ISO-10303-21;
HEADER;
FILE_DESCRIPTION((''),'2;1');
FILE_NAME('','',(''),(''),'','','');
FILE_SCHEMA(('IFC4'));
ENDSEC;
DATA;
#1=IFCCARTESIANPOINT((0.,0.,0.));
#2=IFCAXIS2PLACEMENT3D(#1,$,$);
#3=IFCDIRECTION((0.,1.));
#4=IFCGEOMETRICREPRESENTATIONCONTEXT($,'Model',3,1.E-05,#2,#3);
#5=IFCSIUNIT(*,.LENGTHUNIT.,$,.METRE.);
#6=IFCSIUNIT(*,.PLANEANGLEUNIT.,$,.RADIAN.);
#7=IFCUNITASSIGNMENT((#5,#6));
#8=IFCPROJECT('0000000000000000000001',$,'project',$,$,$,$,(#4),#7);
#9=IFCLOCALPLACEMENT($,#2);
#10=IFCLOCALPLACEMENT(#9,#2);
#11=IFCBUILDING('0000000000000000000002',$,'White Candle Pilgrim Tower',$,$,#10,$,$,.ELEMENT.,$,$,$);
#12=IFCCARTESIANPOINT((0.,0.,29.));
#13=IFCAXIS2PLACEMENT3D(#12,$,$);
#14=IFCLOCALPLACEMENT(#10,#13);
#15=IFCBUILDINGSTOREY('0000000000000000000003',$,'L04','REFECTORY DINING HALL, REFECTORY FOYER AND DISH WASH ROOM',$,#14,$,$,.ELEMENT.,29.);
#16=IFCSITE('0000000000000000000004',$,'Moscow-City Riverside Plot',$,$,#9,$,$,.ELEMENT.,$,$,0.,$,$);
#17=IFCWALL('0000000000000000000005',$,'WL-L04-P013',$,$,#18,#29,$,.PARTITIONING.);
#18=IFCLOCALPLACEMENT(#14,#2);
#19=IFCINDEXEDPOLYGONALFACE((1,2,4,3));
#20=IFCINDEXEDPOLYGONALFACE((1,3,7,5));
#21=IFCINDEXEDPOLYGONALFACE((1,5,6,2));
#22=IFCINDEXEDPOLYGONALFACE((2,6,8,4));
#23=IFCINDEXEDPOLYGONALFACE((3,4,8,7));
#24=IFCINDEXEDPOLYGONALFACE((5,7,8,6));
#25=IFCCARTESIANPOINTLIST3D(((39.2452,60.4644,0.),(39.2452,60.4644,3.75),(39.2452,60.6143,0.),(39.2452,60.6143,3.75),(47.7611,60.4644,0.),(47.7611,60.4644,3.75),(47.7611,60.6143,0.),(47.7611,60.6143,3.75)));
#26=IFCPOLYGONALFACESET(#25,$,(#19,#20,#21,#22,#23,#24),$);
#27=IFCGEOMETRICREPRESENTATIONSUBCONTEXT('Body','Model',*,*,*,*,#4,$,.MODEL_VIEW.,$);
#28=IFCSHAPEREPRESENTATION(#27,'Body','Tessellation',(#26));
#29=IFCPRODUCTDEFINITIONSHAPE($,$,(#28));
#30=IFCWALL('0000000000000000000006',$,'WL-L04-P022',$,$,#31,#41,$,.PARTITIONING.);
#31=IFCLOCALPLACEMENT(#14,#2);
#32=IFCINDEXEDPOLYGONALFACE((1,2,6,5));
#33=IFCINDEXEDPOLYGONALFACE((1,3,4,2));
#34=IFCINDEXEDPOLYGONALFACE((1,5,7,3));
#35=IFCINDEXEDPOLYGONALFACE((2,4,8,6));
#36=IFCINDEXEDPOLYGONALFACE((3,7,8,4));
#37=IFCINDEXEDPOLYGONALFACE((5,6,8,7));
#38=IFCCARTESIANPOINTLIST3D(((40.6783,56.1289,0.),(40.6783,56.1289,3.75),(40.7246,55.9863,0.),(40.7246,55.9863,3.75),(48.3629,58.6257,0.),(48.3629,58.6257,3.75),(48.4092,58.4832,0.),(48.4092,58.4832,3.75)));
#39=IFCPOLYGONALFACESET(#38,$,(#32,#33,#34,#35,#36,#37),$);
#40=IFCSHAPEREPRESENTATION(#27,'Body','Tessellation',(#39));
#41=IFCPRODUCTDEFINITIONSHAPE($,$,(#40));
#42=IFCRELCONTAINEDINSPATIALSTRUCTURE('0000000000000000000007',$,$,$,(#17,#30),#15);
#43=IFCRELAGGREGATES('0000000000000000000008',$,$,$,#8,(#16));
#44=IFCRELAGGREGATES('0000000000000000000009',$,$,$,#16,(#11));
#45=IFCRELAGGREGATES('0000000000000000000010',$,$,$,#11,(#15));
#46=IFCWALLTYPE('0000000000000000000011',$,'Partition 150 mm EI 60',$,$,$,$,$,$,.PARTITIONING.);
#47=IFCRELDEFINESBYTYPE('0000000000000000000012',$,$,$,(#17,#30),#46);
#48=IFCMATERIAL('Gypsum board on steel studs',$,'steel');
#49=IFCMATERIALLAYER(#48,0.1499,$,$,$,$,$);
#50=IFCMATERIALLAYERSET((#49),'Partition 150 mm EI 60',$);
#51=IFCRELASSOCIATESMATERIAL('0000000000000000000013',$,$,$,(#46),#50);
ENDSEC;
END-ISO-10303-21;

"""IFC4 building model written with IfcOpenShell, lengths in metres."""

from ifc_helpers import new_model, si_unit, direction, frame, frame_2d, origin, place, context, subcontext, project, spatial, rectangle, extrude, material, layer, layer_set, type_object, element, save


model = new_model("IFC4")

# Units and contexts
model_context = context("Model", 3, precision=1e-05, world=origin(), true_north=direction((0.0, 1.0)))
body_context = subcontext(model_context, "Body", "Model", "MODEL_VIEW")
ifc_project = project(units=[si_unit("LENGTHUNIT", "METRE"), si_unit("PLANEANGLEUNIT", "RADIAN")], contexts=[model_context])

# Site, building, storey
site_placement = place(None, origin())
site = spatial("IfcSite", under=ifc_project, at=site_placement, Name="Moscow-City Riverside Plot", CompositionType="ELEMENT", RefElevation=0.0)
building_placement = place(site_placement, origin())
building = spatial("IfcBuilding", under=site, at=building_placement, Name="White Candle Pilgrim Tower", CompositionType="ELEMENT")
storey_placement = place(building_placement, frame((0.0, 0.0, 29.0)))
storey = spatial("IfcBuildingStorey", under=building, at=storey_placement, Name="L04", Description="REFECTORY DINING HALL, REFECTORY FOYER AND DISH WASH ROOM", CompositionType="ELEMENT", Elevation=29.0)

# Shared definitions
ifc_material_1 = material(Name="Gypsum board on steel studs", Category="steel")

# Walls
ifc_layer_1 = layer(ifc_material_1, 0.1499)
ifc_layer_set_1 = layer_set([ifc_layer_1], Name="Partition 150 mm EI 60")
wall_type_1 = type_object("IfcWallType", Name="Partition 150 mm EI 60", PredefinedType="PARTITIONING", material=ifc_layer_set_1)
wall_1_placement = place(storey_placement, frame((39.2454, 60.5393, 0.0), z_axis=(0.0, 0.0, 1.0), x_axis=(1.0, 0.0, 0.0)))
element("IfcWall", 1, at=wall_1_placement, inside=storey, type_object=wall_type_1, Name="WL-L04-P013", PredefinedType="PARTITIONING", context=body_context, shape_type="SweptSolid", body=[
    extrude(rectangle(XDim=8.5159, YDim=0.1499, at=frame_2d((4.2578, 0.0))), origin(), (0.0, 0.0, 1.0), 3.75),
])
wall_2_placement = place(storey_placement, frame((40.7014, 56.0576, 0.0), z_axis=(0.0, 0.0, 1.0), x_axis=(0.951058, 0.309012, 0.0)))
element("IfcWall", 2, at=wall_2_placement, inside=storey, type_object=wall_type_1, Name="WL-L04-P022", PredefinedType="PARTITIONING", context=body_context, shape_type="SweptSolid", body=[
    extrude(rectangle(XDim=8.0801, YDim=0.1499, at=frame_2d((4.04, 0.0))), origin(), (0.0, 0.0, 1.0), 3.75),
])

save(model, "model.ifc")
